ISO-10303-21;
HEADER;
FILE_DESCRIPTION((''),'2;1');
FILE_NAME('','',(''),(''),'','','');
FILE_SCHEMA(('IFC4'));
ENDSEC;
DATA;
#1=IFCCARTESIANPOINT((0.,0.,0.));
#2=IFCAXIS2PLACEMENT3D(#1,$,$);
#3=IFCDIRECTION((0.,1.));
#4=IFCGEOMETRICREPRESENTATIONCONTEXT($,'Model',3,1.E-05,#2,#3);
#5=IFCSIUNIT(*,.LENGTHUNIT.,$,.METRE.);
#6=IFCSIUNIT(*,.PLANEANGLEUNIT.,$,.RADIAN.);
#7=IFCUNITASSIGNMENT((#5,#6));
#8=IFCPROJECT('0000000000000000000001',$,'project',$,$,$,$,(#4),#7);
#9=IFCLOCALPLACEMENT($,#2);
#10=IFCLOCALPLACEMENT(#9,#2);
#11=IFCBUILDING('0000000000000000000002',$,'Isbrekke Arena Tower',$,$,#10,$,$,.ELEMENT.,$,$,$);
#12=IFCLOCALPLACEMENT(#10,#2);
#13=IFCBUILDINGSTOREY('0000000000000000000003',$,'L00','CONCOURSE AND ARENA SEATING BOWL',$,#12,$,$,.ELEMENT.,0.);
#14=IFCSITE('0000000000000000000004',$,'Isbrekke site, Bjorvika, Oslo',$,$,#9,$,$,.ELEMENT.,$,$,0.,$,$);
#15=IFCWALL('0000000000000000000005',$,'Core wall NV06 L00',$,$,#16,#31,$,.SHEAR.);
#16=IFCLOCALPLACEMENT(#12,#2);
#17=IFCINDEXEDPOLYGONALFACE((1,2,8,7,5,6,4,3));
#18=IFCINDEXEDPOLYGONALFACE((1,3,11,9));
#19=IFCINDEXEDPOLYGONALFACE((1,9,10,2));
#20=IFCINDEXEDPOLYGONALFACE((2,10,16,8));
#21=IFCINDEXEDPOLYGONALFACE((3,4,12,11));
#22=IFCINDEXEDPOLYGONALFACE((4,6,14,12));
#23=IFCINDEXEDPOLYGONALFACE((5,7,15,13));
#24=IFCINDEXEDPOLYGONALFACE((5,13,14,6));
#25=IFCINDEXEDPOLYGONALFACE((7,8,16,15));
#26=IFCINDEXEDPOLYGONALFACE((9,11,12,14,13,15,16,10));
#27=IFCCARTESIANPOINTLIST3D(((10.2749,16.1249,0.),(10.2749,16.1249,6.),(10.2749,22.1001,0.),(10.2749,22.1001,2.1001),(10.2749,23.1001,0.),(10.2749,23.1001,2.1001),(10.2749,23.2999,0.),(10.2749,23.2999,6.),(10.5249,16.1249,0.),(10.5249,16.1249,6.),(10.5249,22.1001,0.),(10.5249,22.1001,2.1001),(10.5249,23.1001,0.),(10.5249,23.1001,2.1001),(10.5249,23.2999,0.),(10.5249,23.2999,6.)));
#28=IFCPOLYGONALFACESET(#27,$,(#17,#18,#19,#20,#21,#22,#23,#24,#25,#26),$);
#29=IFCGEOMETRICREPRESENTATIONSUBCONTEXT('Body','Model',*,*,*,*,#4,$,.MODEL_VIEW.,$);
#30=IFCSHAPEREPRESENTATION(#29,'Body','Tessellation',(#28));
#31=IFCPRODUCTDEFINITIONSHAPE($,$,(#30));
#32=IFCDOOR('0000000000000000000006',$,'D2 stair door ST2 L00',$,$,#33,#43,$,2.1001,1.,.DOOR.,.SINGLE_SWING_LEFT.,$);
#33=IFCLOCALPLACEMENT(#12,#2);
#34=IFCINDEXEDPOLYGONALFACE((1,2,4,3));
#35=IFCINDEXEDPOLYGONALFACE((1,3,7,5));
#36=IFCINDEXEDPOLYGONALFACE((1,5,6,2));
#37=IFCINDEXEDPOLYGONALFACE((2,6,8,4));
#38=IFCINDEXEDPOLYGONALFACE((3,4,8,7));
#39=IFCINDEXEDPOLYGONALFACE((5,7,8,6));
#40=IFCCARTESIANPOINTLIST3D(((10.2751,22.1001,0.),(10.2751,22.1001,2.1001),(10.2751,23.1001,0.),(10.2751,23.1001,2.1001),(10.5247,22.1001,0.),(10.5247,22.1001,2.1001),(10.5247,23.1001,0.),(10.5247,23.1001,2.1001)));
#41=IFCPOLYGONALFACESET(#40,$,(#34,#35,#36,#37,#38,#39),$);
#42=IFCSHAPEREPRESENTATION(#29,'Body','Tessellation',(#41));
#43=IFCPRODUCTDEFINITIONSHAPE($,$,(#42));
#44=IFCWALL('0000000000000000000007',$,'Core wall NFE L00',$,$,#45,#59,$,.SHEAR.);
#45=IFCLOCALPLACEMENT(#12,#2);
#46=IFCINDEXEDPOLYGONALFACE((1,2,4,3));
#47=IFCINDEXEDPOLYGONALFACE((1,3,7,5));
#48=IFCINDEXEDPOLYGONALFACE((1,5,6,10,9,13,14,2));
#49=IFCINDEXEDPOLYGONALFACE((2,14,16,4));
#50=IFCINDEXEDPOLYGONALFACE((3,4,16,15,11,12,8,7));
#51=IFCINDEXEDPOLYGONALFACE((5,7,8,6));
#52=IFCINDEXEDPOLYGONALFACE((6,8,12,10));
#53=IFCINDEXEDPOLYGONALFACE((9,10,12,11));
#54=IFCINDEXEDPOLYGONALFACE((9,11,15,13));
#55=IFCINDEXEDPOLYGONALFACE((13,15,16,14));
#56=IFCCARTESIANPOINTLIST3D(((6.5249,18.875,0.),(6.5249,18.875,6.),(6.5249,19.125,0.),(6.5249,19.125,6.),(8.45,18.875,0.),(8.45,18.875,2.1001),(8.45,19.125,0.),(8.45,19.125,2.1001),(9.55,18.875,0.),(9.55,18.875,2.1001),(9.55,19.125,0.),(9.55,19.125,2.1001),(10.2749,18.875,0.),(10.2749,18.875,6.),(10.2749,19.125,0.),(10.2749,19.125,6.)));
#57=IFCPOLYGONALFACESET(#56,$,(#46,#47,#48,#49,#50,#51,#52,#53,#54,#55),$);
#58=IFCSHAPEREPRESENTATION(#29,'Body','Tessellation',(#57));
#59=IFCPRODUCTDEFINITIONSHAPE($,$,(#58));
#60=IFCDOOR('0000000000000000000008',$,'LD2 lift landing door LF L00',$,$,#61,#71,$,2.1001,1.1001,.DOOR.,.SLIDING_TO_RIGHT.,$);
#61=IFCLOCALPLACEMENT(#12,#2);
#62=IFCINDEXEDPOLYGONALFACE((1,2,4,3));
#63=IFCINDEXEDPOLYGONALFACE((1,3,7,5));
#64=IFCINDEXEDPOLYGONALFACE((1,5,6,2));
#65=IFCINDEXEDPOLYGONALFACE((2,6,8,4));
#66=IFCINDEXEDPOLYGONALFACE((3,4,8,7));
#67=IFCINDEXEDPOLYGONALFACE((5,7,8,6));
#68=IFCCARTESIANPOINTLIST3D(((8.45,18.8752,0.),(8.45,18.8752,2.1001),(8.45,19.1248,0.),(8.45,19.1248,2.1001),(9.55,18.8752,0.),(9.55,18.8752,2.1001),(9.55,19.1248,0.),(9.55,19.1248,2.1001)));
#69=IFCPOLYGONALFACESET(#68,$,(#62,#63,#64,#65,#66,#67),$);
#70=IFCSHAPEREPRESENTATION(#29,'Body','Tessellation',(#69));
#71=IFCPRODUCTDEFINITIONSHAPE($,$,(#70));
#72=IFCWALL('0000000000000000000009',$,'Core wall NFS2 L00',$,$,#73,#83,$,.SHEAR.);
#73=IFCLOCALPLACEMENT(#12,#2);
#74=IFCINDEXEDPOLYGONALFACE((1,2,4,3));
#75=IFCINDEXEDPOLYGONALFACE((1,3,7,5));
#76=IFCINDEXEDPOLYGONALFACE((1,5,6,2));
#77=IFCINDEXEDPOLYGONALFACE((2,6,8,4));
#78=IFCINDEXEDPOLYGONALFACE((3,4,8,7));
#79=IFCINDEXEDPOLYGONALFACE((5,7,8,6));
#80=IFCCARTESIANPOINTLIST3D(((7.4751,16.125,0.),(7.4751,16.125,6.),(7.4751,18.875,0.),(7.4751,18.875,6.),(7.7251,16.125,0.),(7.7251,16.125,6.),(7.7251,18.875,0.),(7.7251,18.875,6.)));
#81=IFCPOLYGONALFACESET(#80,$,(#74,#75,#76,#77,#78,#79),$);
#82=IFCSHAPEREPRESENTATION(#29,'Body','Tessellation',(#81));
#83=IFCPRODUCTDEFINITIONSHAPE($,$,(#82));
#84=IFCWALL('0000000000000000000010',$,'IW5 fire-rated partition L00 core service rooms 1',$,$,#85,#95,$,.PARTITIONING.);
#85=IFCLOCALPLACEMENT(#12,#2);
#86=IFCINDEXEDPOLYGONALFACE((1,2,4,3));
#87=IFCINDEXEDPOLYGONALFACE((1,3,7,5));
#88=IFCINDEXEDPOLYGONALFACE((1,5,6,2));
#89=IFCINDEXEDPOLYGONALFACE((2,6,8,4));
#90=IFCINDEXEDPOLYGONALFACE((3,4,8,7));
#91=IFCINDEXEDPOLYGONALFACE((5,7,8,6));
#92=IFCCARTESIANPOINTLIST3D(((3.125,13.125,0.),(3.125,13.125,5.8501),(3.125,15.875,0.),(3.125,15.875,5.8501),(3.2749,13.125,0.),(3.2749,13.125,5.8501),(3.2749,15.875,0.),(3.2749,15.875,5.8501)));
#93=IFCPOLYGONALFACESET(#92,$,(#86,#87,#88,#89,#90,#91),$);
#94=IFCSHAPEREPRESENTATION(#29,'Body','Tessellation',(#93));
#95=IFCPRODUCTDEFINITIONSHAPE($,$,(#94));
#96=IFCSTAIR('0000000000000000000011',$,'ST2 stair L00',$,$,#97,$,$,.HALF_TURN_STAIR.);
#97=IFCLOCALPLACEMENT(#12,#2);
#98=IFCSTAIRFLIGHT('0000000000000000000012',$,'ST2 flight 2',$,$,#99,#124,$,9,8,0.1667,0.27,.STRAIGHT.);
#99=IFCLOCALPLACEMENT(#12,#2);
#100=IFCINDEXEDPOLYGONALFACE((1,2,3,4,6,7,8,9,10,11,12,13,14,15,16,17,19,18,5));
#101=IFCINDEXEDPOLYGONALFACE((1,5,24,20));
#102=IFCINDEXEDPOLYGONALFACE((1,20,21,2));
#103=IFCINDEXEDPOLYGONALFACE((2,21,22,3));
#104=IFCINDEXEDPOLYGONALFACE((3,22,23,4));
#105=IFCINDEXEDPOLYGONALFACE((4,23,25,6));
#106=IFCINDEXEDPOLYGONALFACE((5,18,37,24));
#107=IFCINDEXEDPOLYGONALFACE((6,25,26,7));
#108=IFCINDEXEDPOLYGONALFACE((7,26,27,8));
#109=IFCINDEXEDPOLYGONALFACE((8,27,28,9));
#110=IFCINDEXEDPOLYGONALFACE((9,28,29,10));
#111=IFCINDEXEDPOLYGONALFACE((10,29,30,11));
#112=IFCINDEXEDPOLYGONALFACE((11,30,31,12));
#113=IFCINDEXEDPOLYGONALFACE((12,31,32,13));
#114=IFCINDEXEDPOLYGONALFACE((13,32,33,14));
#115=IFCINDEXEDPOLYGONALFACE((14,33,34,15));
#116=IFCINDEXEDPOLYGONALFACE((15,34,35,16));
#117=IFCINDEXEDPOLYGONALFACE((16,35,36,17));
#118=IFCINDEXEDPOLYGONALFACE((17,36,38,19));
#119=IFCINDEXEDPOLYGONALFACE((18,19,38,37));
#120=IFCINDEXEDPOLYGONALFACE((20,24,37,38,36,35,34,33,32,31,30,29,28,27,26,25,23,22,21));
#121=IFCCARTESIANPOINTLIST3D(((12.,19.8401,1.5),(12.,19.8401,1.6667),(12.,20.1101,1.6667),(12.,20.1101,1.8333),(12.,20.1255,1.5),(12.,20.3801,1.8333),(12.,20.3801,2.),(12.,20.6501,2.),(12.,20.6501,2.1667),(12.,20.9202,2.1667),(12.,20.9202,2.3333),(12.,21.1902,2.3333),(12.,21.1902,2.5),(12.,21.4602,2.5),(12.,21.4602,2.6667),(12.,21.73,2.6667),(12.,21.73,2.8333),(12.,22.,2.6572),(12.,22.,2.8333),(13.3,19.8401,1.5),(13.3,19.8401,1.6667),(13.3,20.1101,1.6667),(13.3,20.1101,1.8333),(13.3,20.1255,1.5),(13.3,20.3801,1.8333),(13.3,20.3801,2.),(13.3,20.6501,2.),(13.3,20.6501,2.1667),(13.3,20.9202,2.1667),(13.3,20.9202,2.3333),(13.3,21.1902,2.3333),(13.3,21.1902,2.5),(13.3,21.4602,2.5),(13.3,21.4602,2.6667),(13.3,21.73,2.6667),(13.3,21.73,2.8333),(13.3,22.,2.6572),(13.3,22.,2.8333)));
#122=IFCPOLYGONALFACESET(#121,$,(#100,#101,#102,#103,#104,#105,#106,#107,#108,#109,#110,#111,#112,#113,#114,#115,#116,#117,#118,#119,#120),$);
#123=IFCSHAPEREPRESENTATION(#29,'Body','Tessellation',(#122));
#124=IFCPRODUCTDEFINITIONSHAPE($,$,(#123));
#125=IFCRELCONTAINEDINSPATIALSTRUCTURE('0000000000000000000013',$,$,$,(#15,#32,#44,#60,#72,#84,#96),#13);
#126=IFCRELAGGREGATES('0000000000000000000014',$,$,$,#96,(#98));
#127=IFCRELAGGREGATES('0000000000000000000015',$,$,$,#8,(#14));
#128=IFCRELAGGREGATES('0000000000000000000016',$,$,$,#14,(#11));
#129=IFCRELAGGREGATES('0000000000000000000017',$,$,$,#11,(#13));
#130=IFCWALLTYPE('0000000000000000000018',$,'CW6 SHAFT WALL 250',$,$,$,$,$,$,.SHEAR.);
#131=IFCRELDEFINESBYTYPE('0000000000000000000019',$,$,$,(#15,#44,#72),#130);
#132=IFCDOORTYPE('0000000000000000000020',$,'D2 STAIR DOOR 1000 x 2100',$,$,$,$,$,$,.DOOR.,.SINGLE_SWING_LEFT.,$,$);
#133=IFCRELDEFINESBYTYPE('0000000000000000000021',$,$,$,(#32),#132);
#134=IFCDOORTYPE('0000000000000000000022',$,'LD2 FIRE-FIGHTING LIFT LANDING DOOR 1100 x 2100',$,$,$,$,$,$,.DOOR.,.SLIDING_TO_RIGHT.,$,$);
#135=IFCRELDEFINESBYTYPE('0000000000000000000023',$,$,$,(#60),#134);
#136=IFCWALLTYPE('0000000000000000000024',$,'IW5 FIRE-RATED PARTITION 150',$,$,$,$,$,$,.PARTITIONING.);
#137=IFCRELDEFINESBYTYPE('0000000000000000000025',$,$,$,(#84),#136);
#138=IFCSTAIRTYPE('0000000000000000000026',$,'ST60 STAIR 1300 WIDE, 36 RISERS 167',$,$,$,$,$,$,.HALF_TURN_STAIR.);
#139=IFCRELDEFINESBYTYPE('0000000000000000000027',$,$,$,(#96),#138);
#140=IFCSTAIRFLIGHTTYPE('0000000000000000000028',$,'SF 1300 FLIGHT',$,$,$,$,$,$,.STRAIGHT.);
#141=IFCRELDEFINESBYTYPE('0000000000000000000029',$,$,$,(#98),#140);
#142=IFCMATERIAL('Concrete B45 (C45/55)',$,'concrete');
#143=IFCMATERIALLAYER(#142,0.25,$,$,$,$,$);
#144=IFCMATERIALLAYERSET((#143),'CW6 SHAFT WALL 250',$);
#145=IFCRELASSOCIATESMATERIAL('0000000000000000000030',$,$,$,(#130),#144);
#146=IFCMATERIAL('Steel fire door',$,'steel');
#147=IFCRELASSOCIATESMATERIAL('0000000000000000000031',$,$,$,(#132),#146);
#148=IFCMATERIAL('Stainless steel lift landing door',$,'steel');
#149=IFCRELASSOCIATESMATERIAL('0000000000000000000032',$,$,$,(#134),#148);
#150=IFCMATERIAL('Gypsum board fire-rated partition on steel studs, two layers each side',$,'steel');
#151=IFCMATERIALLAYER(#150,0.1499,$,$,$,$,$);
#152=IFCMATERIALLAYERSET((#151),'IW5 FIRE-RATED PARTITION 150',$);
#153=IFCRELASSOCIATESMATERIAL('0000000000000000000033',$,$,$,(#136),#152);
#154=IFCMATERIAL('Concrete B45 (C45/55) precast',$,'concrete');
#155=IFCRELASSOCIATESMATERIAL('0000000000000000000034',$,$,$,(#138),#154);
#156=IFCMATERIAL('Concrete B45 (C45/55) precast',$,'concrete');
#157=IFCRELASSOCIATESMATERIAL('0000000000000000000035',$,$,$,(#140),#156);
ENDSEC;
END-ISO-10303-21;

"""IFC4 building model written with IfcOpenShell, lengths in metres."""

from ifc_helpers import new_model, si_unit, direction, frame, frame_2d, origin, place, context, subcontext, project, spatial, polyline, rectangle, outline, extrude, material, layer, layer_set, type_object, element, fill, aggregate, save


model = new_model("IFC4")

# Units and contexts
model_context = context("Model", 3, precision=1e-05, world=origin(), true_north=direction((0.0, 1.0)))
body_context = subcontext(model_context, "Body", "Model", "MODEL_VIEW")
ifc_project = project(units=[si_unit("LENGTHUNIT", "METRE"), si_unit("PLANEANGLEUNIT", "RADIAN")], contexts=[model_context])

# Site, building, storey
site_placement = place(None, origin())
site = spatial("IfcSite", under=ifc_project, at=site_placement, Name="Isbrekke site, Bjorvika, Oslo", CompositionType="ELEMENT", RefElevation=0.0)
building_placement = place(site_placement, origin())
building = spatial("IfcBuilding", under=site, at=building_placement, Name="Isbrekke Arena Tower", CompositionType="ELEMENT")
storey_placement = place(building_placement, origin())
storey = spatial("IfcBuildingStorey", under=building, at=storey_placement, Name="L00", Description="CONCOURSE AND ARENA SEATING BOWL", CompositionType="ELEMENT", Elevation=0.0)

# Shared definitions
ifc_material_1 = material(Name="Concrete B45 (C45/55)", Category="concrete")
ifc_layer_1 = layer(ifc_material_1, 0.25)
ifc_layer_set_1 = layer_set([ifc_layer_1], Name="CW6 SHAFT WALL 250")
wall_type_1 = type_object("IfcWallType", Name="CW6 SHAFT WALL 250", PredefinedType="SHEAR", material=ifc_layer_set_1)

# Walls, openings, doors
wall_1_placement = place(storey_placement, frame((10.3999, 16.125, 0.0), z_axis=(0.0, 0.0, 1.0), x_axis=(0.0, 1.0, 0.0)))
wall_1 = element("IfcWall", 1, at=wall_1_placement, inside=storey, type_object=wall_type_1, Name="Core wall NV06 L00", PredefinedType="SHEAR", context=body_context, shape_type="SweptSolid", body=[
    extrude(rectangle(XDim=7.175, YDim=0.25, at=frame_2d((3.5874, 0.0))), origin(), (0.0, 0.0, 1.0), 6.0),
])
opening_1_placement = place(wall_1_placement, frame((5.9751, 0.0, 0.0)))
opening_1 = element("IfcOpeningElement", 2, at=opening_1_placement, cuts=wall_1, PredefinedType="OPENING", context=body_context, shape_type="SweptSolid", body=[
    extrude(rectangle(XDim=1.0, YDim=2.1001, at=frame_2d((0.5, 1.05))), frame((0.0, 0.1399, 0.0), z_axis=(0.0, -1.0, 0.0), x_axis=(1.0, 0.0, 0.0)), (0.0, 0.0, 1.0), 0.2798),
])
ifc_material_2 = material(Name="Steel fire door", Category="steel")
door_type_1 = type_object("IfcDoorType", Name="D2 STAIR DOOR 1000 x 2100", OperationType="SINGLE_SWING_LEFT", PredefinedType="DOOR", material=ifc_material_2)
door_1_placement = place(opening_1_placement, origin())
door_1 = element("IfcDoor", 3, at=door_1_placement, inside=storey, type_object=door_type_1, Name="D2 stair door ST2 L00", OperationType="SINGLE_SWING_LEFT", OverallHeight=2.1001, OverallWidth=1.0, PredefinedType="DOOR", context=body_context, shape_type="SweptSolid", body=[
    extrude(rectangle(XDim=1.0, YDim=2.1001, at=frame_2d((0.5, 1.05))), frame((0.0, 0.1248, 0.0), z_axis=(0.0, -1.0, 0.0), x_axis=(1.0, 0.0, 0.0)), (0.0, 0.0, 1.0), 0.2495),
])
fill(opening_1, door_1)
wall_2_placement = place(storey_placement, frame((6.5249, 19.0, 0.0), z_axis=(0.0, 0.0, 1.0), x_axis=(1.0, 0.0, 0.0)))
wall_2 = element("IfcWall", 4, at=wall_2_placement, inside=storey, type_object=wall_type_1, Name="Core wall NFE L00", PredefinedType="SHEAR", context=body_context, shape_type="SweptSolid", body=[
    extrude(rectangle(XDim=3.75, YDim=0.25, at=frame_2d((1.875, 0.0))), origin(), (0.0, 0.0, 1.0), 6.0),
])
opening_2_placement = place(wall_2_placement, frame((1.925, 0.0, 0.0)))
opening_2 = element("IfcOpeningElement", 5, at=opening_2_placement, cuts=wall_2, PredefinedType="OPENING", context=body_context, shape_type="SweptSolid", body=[
    extrude(rectangle(XDim=1.1001, YDim=2.1001, at=frame_2d((0.55, 1.05))), frame((0.0, 0.1399, 0.0), z_axis=(0.0, -1.0, 0.0), x_axis=(1.0, 0.0, 0.0)), (0.0, 0.0, 1.0), 0.2798),
])
ifc_material_3 = material(Name="Stainless steel lift landing door", Category="steel")
door_type_2 = type_object("IfcDoorType", Name="LD2 FIRE-FIGHTING LIFT LANDING DOOR 1100 x 2100", OperationType="SLIDING_TO_RIGHT", PredefinedType="DOOR", material=ifc_material_3)
door_2_placement = place(opening_2_placement, origin())
door_2 = element("IfcDoor", 6, at=door_2_placement, inside=storey, type_object=door_type_2, Name="LD2 lift landing door LF L00", OperationType="SLIDING_TO_RIGHT", OverallHeight=2.1001, OverallWidth=1.1001, PredefinedType="DOOR", context=body_context, shape_type="SweptSolid", body=[
    extrude(rectangle(XDim=1.1001, YDim=2.1001, at=frame_2d((0.55, 1.05))), frame((0.0, 0.1248, 0.0), z_axis=(0.0, -1.0, 0.0), x_axis=(1.0, 0.0, 0.0)), (0.0, 0.0, 1.0), 0.2495),
])
fill(opening_2, door_2)

# Walls
wall_3_placement = place(storey_placement, frame((7.6001, 16.125, 0.0), z_axis=(0.0, 0.0, 1.0), x_axis=(0.0, 1.0, 0.0)))
element("IfcWall", 7, at=wall_3_placement, inside=storey, type_object=wall_type_1, Name="Core wall NFS2 L00", PredefinedType="SHEAR", context=body_context, shape_type="SweptSolid", body=[
    extrude(rectangle(XDim=2.75, YDim=0.25, at=frame_2d((1.375, 0.0))), origin(), (0.0, 0.0, 1.0), 6.0),
])
ifc_material_4 = material(Name="Gypsum board fire-rated partition on steel studs, two layers each side", Category="steel")
ifc_layer_2 = layer(ifc_material_4, 0.1499)
ifc_layer_set_2 = layer_set([ifc_layer_2], Name="IW5 FIRE-RATED PARTITION 150")
wall_type_2 = type_object("IfcWallType", Name="IW5 FIRE-RATED PARTITION 150", PredefinedType="PARTITIONING", material=ifc_layer_set_2)
wall_4_placement = place(storey_placement, frame((3.2, 13.125, 0.0), z_axis=(0.0, 0.0, 1.0), x_axis=(0.0, 1.0, 0.0)))
element("IfcWall", 8, at=wall_4_placement, inside=storey, type_object=wall_type_2, Name="IW5 fire-rated partition L00 core service rooms 1", PredefinedType="PARTITIONING", context=body_context, shape_type="SweptSolid", body=[
    extrude(rectangle(XDim=2.75, YDim=0.1499, at=frame_2d((1.375, 0.0))), origin(), (0.0, 0.0, 1.0), 5.8501),
])

# Stair, stair flight
ifc_material_5 = material(Name="Concrete B45 (C45/55) precast", Category="concrete")
stair_type = type_object("IfcStairType", Name="ST60 STAIR 1300 WIDE, 36 RISERS 167", PredefinedType="HALF_TURN_STAIR", material=ifc_material_5)
stair_placement = place(storey_placement, origin())
stair = element("IfcStair", 9, at=stair_placement, inside=storey, type_object=stair_type, Name="ST2 stair L00", PredefinedType="HALF_TURN_STAIR")
ifc_material_6 = material(Name="Concrete B45 (C45/55) precast", Category="concrete")
stair_flight_type = type_object("IfcStairFlightType", Name="SF 1300 FLIGHT", PredefinedType="STRAIGHT", material=ifc_material_6)
stair_flight_placement = place(storey_placement, frame((12.6499, 19.8401, 1.5), z_axis=(0.0, 0.0, 1.0), x_axis=(0.0, 1.0, 0.0)))
stair_flight = element("IfcStairFlight", 10, at=stair_flight_placement, type_object=stair_flight_type, Name="ST2 flight 2", NumberOfRisers=9, NumberOfTreads=8, PredefinedType="STRAIGHT", RiserHeight=0.1667, TreadLength=0.27, context=body_context, shape_type="SweptSolid", body=[
    extrude(outline(polyline([(0.0, 0.0), (0.0, 0.1667), (0.27, 0.1667), (0.27, 0.3333), (0.54, 0.3333), (0.54, 0.5), (0.8101, 0.5), (0.8101, 0.6667), (1.0801, 0.6667), (1.0801, 0.8333), (1.3501, 0.8333), (1.3501, 1.0), (1.6201, 1.0), (1.6201, 1.1667), (1.8899, 1.1667), (1.8899, 1.3333), (2.1599, 1.3333), (2.1599, 1.5), (2.1599, 1.1572), (0.2854, 0.0), (0.0, 0.0)])), frame((0.0, 0.6499, 0.0), z_axis=(0.0, -1.0, 0.0), x_axis=(1.0, 0.0, 0.0)), (0.0, 0.0, 1.0), 1.3),
])
aggregate(stair, [stair_flight])

save(model, "model.ifc")
